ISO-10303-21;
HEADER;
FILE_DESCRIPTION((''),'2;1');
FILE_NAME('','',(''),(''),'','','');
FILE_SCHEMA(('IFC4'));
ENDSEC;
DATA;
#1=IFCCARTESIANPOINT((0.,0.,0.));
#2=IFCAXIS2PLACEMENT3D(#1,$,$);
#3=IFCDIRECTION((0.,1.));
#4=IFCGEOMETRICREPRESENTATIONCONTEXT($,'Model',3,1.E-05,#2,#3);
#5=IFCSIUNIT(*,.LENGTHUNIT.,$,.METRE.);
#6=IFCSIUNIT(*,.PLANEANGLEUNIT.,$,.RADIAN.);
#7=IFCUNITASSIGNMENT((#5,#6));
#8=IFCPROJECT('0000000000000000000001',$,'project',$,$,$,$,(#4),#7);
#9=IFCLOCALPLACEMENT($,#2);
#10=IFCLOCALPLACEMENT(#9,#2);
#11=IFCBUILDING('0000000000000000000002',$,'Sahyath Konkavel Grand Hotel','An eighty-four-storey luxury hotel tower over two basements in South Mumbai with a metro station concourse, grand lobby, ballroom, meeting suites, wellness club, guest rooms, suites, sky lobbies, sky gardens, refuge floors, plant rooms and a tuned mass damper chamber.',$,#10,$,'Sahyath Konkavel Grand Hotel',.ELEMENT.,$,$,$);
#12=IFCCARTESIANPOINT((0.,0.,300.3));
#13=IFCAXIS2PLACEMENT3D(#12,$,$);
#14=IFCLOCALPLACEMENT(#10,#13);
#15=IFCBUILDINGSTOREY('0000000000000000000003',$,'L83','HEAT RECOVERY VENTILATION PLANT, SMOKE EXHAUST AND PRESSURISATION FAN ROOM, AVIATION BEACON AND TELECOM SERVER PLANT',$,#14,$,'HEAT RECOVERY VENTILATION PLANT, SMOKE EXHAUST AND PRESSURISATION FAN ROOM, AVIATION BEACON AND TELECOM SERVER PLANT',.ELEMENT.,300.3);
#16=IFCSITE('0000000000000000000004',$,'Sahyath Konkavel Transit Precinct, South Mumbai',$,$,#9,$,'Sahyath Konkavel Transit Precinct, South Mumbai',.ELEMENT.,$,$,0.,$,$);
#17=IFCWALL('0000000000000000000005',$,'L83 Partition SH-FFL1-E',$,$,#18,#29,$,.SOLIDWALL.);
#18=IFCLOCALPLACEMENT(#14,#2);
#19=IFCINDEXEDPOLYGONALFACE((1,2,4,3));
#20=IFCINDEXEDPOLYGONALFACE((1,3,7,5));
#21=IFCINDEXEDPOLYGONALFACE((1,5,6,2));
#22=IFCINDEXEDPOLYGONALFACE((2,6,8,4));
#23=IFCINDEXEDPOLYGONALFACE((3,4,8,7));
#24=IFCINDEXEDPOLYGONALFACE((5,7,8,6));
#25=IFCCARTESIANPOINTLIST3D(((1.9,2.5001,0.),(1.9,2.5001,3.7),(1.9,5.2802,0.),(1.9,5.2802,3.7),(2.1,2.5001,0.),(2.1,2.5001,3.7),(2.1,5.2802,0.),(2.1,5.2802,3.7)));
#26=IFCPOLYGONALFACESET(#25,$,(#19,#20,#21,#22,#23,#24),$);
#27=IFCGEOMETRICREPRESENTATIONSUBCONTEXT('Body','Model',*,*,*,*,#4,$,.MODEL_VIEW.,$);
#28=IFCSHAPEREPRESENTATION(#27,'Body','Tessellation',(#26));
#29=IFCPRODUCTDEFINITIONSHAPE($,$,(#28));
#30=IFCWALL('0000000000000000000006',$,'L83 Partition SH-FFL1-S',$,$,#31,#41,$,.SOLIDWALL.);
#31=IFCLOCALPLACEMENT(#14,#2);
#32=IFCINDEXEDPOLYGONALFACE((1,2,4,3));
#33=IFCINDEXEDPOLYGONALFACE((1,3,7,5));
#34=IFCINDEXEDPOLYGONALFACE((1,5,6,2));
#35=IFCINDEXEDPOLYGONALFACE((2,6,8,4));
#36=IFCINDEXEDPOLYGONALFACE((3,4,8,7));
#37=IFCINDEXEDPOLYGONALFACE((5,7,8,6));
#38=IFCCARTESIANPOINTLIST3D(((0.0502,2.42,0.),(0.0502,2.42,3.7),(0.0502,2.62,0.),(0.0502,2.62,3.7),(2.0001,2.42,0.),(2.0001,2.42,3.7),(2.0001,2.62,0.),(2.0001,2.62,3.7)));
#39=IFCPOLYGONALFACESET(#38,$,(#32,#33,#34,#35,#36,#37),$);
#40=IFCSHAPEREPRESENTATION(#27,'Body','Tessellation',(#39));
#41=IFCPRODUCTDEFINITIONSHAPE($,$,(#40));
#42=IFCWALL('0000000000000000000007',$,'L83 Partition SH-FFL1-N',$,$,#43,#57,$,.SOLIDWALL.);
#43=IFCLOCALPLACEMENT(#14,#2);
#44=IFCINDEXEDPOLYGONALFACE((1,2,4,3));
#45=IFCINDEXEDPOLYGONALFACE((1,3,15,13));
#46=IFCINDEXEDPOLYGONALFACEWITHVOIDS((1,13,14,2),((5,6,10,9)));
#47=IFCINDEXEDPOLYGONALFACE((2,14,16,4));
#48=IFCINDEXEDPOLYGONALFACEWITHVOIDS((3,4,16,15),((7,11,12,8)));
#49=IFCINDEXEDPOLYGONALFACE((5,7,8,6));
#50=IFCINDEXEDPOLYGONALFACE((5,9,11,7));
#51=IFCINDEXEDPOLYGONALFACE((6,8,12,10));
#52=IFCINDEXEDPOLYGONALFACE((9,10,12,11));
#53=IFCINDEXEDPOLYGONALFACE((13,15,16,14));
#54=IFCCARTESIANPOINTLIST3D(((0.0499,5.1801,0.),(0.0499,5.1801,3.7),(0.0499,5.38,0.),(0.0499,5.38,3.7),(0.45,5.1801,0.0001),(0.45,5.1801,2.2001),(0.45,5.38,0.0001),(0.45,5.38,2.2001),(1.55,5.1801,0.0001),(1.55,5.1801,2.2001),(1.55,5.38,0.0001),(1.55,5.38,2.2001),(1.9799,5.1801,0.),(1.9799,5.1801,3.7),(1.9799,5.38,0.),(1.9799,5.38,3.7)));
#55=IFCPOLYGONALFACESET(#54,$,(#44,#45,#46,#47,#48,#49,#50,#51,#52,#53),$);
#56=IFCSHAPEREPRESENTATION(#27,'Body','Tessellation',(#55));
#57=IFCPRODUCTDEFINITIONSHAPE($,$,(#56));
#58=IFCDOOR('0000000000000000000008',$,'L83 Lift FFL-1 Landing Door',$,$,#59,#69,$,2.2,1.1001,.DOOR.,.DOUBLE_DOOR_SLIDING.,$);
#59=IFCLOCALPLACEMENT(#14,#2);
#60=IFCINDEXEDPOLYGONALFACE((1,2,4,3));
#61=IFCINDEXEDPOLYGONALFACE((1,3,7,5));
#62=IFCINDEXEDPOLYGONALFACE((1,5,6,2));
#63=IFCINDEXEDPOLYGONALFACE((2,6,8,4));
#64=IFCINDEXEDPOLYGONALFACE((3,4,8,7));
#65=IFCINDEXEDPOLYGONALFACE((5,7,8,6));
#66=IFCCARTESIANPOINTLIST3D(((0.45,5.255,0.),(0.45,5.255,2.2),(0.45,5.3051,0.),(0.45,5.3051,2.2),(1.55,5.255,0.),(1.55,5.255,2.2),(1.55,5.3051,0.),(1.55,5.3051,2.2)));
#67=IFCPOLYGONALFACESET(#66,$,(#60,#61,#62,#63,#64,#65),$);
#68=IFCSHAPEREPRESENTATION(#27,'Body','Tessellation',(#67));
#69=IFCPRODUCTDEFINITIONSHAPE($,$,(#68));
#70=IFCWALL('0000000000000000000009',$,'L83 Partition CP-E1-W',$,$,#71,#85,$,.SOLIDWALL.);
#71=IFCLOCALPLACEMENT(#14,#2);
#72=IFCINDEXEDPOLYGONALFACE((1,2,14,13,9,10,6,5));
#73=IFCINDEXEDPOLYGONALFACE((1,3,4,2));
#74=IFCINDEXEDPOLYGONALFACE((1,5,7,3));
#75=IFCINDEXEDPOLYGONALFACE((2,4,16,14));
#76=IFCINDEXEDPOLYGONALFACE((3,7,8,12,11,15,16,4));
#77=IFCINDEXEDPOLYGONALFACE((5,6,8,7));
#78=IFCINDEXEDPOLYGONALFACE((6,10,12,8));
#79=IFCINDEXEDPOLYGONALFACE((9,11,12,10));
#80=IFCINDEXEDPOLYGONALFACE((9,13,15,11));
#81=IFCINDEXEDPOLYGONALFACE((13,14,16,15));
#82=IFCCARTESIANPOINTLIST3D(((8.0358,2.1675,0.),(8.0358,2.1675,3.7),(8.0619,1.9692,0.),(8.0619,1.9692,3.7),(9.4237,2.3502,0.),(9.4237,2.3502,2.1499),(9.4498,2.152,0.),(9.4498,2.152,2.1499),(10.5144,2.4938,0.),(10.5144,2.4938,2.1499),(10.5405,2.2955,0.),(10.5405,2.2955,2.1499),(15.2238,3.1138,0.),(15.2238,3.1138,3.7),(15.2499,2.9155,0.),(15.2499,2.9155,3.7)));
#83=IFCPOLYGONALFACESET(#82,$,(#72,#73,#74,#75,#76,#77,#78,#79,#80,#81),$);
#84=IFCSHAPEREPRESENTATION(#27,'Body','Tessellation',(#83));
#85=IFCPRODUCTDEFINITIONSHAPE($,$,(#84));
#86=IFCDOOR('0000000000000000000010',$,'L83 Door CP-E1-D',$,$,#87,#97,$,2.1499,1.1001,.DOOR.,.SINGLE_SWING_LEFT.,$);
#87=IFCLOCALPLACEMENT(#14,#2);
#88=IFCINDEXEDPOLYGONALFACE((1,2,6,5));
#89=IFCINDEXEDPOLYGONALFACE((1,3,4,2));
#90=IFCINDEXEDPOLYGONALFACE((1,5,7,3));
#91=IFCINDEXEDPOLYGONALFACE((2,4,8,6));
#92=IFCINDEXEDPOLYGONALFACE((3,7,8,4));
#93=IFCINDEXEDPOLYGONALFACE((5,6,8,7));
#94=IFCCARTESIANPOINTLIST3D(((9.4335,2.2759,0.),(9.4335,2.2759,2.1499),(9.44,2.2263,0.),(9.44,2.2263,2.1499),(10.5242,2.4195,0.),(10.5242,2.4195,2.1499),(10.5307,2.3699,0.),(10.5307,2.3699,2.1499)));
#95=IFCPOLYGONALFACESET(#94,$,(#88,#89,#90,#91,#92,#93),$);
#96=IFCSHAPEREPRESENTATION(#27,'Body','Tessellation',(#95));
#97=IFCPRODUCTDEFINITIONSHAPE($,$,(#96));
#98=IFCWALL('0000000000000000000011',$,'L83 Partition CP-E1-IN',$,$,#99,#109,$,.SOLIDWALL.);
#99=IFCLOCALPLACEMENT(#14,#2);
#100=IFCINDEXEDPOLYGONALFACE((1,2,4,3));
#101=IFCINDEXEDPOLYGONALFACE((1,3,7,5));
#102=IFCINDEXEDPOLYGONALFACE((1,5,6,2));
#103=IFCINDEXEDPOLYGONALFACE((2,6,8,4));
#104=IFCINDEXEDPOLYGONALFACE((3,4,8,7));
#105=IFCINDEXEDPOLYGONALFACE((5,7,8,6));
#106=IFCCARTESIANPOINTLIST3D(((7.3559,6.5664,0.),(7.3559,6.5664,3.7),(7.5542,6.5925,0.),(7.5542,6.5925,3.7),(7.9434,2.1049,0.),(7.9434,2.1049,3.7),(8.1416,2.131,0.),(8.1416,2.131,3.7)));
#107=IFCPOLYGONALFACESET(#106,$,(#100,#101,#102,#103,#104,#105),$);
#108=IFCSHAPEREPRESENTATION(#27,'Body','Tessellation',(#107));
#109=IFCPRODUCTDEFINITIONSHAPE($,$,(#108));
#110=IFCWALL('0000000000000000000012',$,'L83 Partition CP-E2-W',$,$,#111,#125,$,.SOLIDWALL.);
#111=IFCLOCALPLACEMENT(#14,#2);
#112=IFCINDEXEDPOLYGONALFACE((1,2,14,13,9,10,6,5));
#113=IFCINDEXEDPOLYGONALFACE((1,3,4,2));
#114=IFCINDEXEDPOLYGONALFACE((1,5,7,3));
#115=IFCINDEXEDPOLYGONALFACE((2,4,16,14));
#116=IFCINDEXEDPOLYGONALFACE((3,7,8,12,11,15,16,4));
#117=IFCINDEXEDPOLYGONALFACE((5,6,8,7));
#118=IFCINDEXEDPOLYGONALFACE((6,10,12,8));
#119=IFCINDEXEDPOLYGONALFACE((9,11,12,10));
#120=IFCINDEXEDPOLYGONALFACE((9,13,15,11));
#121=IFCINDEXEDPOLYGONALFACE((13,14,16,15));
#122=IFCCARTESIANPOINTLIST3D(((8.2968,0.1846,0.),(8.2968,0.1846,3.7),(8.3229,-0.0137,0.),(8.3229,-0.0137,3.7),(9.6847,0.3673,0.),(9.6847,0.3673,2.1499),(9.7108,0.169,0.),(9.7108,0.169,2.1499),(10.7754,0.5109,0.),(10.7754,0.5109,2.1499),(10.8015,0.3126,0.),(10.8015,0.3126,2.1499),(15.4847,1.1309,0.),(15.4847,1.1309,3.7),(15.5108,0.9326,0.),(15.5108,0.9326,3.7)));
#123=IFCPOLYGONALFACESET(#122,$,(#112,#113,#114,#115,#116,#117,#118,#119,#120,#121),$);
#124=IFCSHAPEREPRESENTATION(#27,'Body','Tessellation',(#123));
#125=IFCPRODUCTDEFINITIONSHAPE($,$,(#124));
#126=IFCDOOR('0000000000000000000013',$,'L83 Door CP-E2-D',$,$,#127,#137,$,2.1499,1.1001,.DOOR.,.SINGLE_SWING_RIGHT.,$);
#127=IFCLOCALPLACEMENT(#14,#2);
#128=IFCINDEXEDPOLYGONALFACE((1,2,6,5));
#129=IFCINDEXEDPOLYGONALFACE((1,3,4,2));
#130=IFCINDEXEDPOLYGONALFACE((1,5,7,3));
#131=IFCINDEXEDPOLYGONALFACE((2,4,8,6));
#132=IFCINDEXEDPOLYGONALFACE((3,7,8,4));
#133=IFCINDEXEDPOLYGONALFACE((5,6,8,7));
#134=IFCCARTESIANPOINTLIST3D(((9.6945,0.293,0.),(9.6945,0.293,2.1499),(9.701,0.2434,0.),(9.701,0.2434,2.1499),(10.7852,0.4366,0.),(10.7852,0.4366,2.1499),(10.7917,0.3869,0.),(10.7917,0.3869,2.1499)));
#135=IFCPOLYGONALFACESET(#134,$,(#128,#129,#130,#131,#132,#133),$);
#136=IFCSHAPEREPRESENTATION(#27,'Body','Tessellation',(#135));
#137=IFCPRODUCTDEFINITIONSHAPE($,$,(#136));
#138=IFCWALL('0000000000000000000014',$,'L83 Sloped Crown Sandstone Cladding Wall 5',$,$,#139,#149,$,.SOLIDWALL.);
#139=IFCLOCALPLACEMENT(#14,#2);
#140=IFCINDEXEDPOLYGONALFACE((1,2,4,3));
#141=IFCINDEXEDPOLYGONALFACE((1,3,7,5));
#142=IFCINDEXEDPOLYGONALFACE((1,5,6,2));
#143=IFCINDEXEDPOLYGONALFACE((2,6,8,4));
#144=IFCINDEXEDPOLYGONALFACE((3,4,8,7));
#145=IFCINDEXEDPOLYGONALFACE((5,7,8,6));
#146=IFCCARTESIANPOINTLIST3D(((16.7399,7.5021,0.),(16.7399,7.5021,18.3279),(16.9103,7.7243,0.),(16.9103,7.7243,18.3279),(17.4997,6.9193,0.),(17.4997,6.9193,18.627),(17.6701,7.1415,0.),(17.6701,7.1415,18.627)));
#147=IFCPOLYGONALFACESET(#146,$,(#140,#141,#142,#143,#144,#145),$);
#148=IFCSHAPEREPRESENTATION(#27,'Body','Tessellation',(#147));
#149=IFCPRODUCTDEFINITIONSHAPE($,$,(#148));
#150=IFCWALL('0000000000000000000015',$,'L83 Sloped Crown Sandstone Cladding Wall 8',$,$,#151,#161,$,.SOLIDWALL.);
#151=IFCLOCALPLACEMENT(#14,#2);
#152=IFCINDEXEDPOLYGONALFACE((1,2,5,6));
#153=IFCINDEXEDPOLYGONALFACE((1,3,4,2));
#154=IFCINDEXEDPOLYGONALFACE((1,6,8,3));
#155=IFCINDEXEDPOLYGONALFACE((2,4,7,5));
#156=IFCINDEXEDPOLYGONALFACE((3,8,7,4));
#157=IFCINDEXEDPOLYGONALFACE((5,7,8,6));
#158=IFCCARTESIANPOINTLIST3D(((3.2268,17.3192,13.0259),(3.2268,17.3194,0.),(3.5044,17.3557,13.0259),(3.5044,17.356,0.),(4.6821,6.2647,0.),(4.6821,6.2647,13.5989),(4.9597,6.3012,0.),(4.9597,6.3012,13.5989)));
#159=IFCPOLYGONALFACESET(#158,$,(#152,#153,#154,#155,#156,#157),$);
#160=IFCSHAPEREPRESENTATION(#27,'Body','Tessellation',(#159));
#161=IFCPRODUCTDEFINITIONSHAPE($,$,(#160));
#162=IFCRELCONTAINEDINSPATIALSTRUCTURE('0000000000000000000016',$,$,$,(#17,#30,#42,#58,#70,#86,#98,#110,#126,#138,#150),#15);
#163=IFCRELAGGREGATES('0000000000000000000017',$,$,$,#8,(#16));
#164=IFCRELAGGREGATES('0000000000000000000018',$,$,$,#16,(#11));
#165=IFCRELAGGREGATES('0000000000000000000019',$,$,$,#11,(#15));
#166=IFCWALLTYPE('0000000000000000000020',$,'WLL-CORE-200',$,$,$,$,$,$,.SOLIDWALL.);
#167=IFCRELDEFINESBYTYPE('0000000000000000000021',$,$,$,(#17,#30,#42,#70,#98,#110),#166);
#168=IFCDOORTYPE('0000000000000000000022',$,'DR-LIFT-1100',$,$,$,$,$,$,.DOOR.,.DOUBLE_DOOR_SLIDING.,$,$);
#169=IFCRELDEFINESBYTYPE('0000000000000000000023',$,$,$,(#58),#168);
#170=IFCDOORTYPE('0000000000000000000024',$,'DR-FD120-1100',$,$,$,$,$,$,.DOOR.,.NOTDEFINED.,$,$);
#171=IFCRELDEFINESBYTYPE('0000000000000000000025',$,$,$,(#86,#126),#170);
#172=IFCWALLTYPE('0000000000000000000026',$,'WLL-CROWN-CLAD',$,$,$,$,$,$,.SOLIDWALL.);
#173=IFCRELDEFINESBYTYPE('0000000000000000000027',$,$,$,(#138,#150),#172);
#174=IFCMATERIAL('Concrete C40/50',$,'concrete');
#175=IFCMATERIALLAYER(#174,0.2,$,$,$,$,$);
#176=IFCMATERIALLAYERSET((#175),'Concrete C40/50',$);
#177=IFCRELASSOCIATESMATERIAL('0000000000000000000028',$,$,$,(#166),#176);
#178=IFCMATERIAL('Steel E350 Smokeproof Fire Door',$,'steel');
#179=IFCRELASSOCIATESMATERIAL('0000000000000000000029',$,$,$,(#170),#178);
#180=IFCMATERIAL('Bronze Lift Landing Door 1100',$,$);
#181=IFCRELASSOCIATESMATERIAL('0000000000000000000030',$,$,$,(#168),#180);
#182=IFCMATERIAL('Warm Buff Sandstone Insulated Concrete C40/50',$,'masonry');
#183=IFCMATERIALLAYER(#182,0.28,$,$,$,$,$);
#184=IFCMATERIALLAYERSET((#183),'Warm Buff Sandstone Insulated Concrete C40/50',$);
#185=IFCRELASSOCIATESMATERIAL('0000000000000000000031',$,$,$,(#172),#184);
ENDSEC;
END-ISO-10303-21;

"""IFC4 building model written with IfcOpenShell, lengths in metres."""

from ifc_helpers import new_model, si_unit, direction, frame, frame_2d, origin, origin_2d, place, context, subcontext, project, spatial, polyline, rectangle, outline, extrude, source, transform, mapped, material, layer, layer_set, type_object, element, fill, save


model = new_model("IFC4")

# Units and contexts
model_context = context("Model", 3, precision=1e-05, world=origin(), true_north=direction((0.0, 1.0)))
body_context = subcontext(model_context, "Body", "Model", "MODEL_VIEW")
ifc_project = project(units=[si_unit("LENGTHUNIT", "METRE"), si_unit("PLANEANGLEUNIT", "RADIAN")], contexts=[model_context])

# Site, building, storey
site_placement = place(None, origin())
site = spatial("IfcSite", under=ifc_project, at=site_placement, Name="Sahyath Konkavel Transit Precinct, South Mumbai", LongName="Sahyath Konkavel Transit Precinct, South Mumbai", CompositionType="ELEMENT", RefElevation=0.0)
building_placement = place(site_placement, origin())
building = spatial("IfcBuilding", under=site, at=building_placement, Name="Sahyath Konkavel Grand Hotel", Description="An eighty-four-storey luxury hotel tower over two basements in South Mumbai with a metro station concourse, grand lobby, ballroom, meeting suites, wellness club, guest rooms, suites, sky lobbies, sky gardens, refuge floors, plant rooms and a tuned mass damper chamber.", LongName="Sahyath Konkavel Grand Hotel", CompositionType="ELEMENT")
storey_placement = place(building_placement, frame((0.0, 0.0, 300.3)))
storey = spatial("IfcBuildingStorey", under=building, at=storey_placement, Name="L83", Description="HEAT RECOVERY VENTILATION PLANT, SMOKE EXHAUST AND PRESSURISATION FAN ROOM, AVIATION BEACON AND TELECOM SERVER PLANT", LongName="HEAT RECOVERY VENTILATION PLANT, SMOKE EXHAUST AND PRESSURISATION FAN ROOM, AVIATION BEACON AND TELECOM SERVER PLANT", CompositionType="ELEMENT", Elevation=300.3)

# Shared definitions
ifc_material_1 = material(Name="Concrete C40/50", Category="concrete")

# Shared definitions
ifc_material_2 = material(Name="Warm Buff Sandstone Insulated Concrete C40/50", Category="masonry")

# Shared definitions
ifc_layer_1 = layer(ifc_material_1, 0.2)
ifc_layer_set_1 = layer_set([ifc_layer_1], Name="Concrete C40/50")
wall_type_1 = type_object("IfcWallType", Name="WLL-CORE-200", PredefinedType="SOLIDWALL", material=ifc_layer_set_1)
ifc_material_3 = material(Name="Steel E350 Smokeproof Fire Door", Category="steel")
door_type_1 = type_object("IfcDoorType", Name="DR-FD120-1100", OperationType="NOTDEFINED", PredefinedType="DOOR", material=ifc_material_3)
shared_shape_1 = source(origin(), body_context, "Body", "SweptSolid", [
    extrude(rectangle(XDim=1.1001, YDim=0.05, at=origin_2d()), origin(), (0.0, 0.0, 1.0), 2.1499),
])

# Walls
wall_1_placement = place(storey_placement, frame((2.0, 2.5, 0.0), z_axis=(0.0, 0.0, 1.0), x_axis=(0.0, 1.0, 0.0)))
element("IfcWall", 1, at=wall_1_placement, inside=storey, type_object=wall_type_1, Name="L83 Partition SH-FFL1-E", PredefinedType="SOLIDWALL", context=body_context, shape_type="SweptSolid", body=[
    extrude(rectangle(XDim=2.78, YDim=0.2, at=frame_2d((1.3901, 0.0))), origin(), (0.0, 0.0, 1.0), 3.7),
])
wall_2_placement = place(storey_placement, frame((0.05, 2.52, 0.0), z_axis=(0.0, 0.0, 1.0), x_axis=(1.0, 0.0, 0.0)))
element("IfcWall", 2, at=wall_2_placement, inside=storey, type_object=wall_type_1, Name="L83 Partition SH-FFL1-S", PredefinedType="SOLIDWALL", context=body_context, shape_type="SweptSolid", body=[
    extrude(rectangle(XDim=1.95, YDim=0.2, at=frame_2d((0.9751, 0.0))), origin(), (0.0, 0.0, 1.0), 3.7),
])

# Walls, openings, doors
wall_3_placement = place(storey_placement, frame((0.05, 5.28, 0.0), z_axis=(0.0, 0.0, 1.0), x_axis=(1.0, 0.0, 0.0)))
wall_3 = element("IfcWall", 3, at=wall_3_placement, inside=storey, type_object=wall_type_1, Name="L83 Partition SH-FFL1-N", PredefinedType="SOLIDWALL", context=body_context, shape_type="SweptSolid", body=[
    extrude(rectangle(XDim=1.9299, YDim=0.2, at=frame_2d((0.9648, 0.0))), origin(), (0.0, 0.0, 1.0), 3.7),
])
opening_1_placement = place(wall_3_placement, frame((0.3999, 0.0, 0.0)))
opening_1 = element("IfcOpeningElement", 4, at=opening_1_placement, cuts=wall_3, PredefinedType="OPENING", context=body_context, shape_type="SweptSolid", body=[
    extrude(rectangle(XDim=1.1001, YDim=2.2, at=frame_2d((0.55, 1.1001))), frame((0.0, 0.1099, 0.0), z_axis=(0.0, -1.0, 0.0), x_axis=(1.0, 0.0, 0.0)), (0.0, 0.0, 1.0), 0.22),
])
ifc_material_4 = material(Name="Bronze Lift Landing Door 1100")
door_type_2 = type_object("IfcDoorType", Name="DR-LIFT-1100", OperationType="DOUBLE_DOOR_SLIDING", PredefinedType="DOOR", material=ifc_material_4)
shared_shape_2 = source(origin(), body_context, "Body", "SweptSolid", [
    extrude(rectangle(XDim=1.1001, YDim=0.05, at=origin_2d()), origin(), (0.0, 0.0, 1.0), 2.2),
])
door_1_placement = place(opening_1_placement, frame((0.55, 0.0, 0.0)))
door_1 = element("IfcDoor", 5, at=door_1_placement, inside=storey, type_object=door_type_2, Name="L83 Lift FFL-1 Landing Door", OperationType="DOUBLE_DOOR_SLIDING", OverallHeight=2.2, OverallWidth=1.1001, PredefinedType="DOOR", context=body_context, shape_type="MappedRepresentation", body=[
    mapped(shared_shape_2, transform((0.0, 0.0, 0.0), scale=1.0)),
])
fill(opening_1, door_1)
wall_4_placement = place(storey_placement, frame((8.0488, 2.0684, 0.0), z_axis=(0.0, 0.0, 1.0), x_axis=(0.991445, 0.130522, 0.0)))
wall_4 = element("IfcWall", 6, at=wall_4_placement, inside=storey, type_object=wall_type_1, Name="L83 Partition CP-E1-W", PredefinedType="SOLIDWALL", context=body_context, shape_type="SweptSolid", body=[
    extrude(rectangle(XDim=7.25, YDim=0.2, at=frame_2d((3.625, 0.0))), origin(), (0.0, 0.0, 1.0), 3.7),
])
opening_2_placement = place(wall_4_placement, frame((1.3999, 0.0, 0.0)))
opening_2 = element("IfcOpeningElement", 7, at=opening_2_placement, cuts=wall_4, PredefinedType="OPENING", context=body_context, shape_type="SweptSolid", body=[
    extrude(rectangle(XDim=1.1001, YDim=2.1499, at=frame_2d((0.55, 1.075))), frame((0.0, 0.1099, 0.0), z_axis=(0.0, -1.0, 0.0), x_axis=(1.0, 0.0, 0.0)), (0.0, 0.0, 1.0), 0.22),
])
door_2_placement = place(opening_2_placement, frame((0.55, 0.0, 0.0)))
door_2 = element("IfcDoor", 8, at=door_2_placement, inside=storey, type_object=door_type_1, Name="L83 Door CP-E1-D", OperationType="SINGLE_SWING_LEFT", OverallHeight=2.1499, OverallWidth=1.1001, PredefinedType="DOOR", context=body_context, shape_type="MappedRepresentation", body=[
    mapped(shared_shape_1, transform((0.0, 0.0, 0.0), scale=1.0)),
])
fill(opening_2, door_2)

# Wall
wall_5_placement = place(storey_placement, frame((8.0425, 2.1179, 0.0), z_axis=(0.0, 0.0, 1.0), x_axis=(-0.130536, 0.991444, 0.0)))
element("IfcWall", 9, at=wall_5_placement, inside=storey, type_object=wall_type_1, Name="L83 Partition CP-E1-IN", PredefinedType="SOLIDWALL", context=body_context, shape_type="SweptSolid", body=[
    extrude(rectangle(XDim=4.5, YDim=0.2, at=frame_2d((2.25, 0.0))), origin(), (0.0, 0.0, 1.0), 3.7),
])

# Wall, opening, door
wall_6_placement = place(storey_placement, frame((8.3098, 0.0854, 0.0), z_axis=(0.0, 0.0, 1.0), x_axis=(0.991445, 0.130522, 0.0)))
wall_6 = element("IfcWall", 10, at=wall_6_placement, inside=storey, type_object=wall_type_1, Name="L83 Partition CP-E2-W", PredefinedType="SOLIDWALL", context=body_context, shape_type="SweptSolid", body=[
    extrude(rectangle(XDim=7.25, YDim=0.2, at=frame_2d((3.625, 0.0))), origin(), (0.0, 0.0, 1.0), 3.7),
])
opening_3_placement = place(wall_6_placement, frame((1.3999, 0.0, 0.0)))
opening_3 = element("IfcOpeningElement", 11, at=opening_3_placement, cuts=wall_6, PredefinedType="OPENING", context=body_context, shape_type="SweptSolid", body=[
    extrude(rectangle(XDim=1.1001, YDim=2.1499, at=frame_2d((0.55, 1.075))), frame((0.0, 0.1099, 0.0), z_axis=(0.0, -1.0, 0.0), x_axis=(1.0, 0.0, 0.0)), (0.0, 0.0, 1.0), 0.22),
])
door_3_placement = place(opening_3_placement, frame((0.55, 0.0, 0.0)))
door_3 = element("IfcDoor", 12, at=door_3_placement, inside=storey, type_object=door_type_1, Name="L83 Door CP-E2-D", OperationType="SINGLE_SWING_RIGHT", OverallHeight=2.1499, OverallWidth=1.1001, PredefinedType="DOOR", context=body_context, shape_type="MappedRepresentation", body=[
    mapped(shared_shape_1, transform((0.0, 0.0, 0.0), scale=1.0)),
])
fill(opening_3, door_3)

# Walls
ifc_layer_2 = layer(ifc_material_2, 0.28)
ifc_layer_set_2 = layer_set([ifc_layer_2], Name="Warm Buff Sandstone Insulated Concrete C40/50")
wall_type_2 = type_object("IfcWallType", Name="WLL-CROWN-CLAD", PredefinedType="SOLIDWALL", material=ifc_layer_set_2)
wall_7_placement = place(storey_placement, frame((17.585, 7.0305, 0.0), z_axis=(0.0, 0.0, 1.0), x_axis=(-0.793467, 0.608614, 0.0)))
element("IfcWall", 13, at=wall_7_placement, inside=storey, type_object=wall_type_2, Name="L83 Sloped Crown Sandstone Cladding Wall 5", PredefinedType="SOLIDWALL", context=body_context, shape_type="SweptSolid", body=[
    extrude(outline(polyline([(0.0, 0.0), (0.9575, 0.0), (0.9575, 18.3279), (0.0, 18.627), (0.0, 0.0)])), frame((0.0, 0.1401, 0.0), z_axis=(0.0, -1.0, 0.0), x_axis=(1.0, 0.0, 0.0)), (0.0, 0.0, 1.0), 0.28),
])
wall_8_placement = place(storey_placement, frame((4.821, 6.283, 0.0), z_axis=(0.0, 0.0, 1.0), x_axis=(-0.130521, 0.991445, 0.0)))
element("IfcWall", 14, at=wall_8_placement, inside=storey, type_object=wall_type_2, Name="L83 Sloped Crown Sandstone Cladding Wall 8", PredefinedType="SOLIDWALL", context=body_context, shape_type="SweptSolid", body=[
    extrude(outline(polyline([(0.0, 0.0), (11.1501, 0.0), (11.1499, 13.0259), (0.0, 13.5989), (0.0, 0.0)])), frame((0.0, 0.1401, 0.0), z_axis=(0.0, -1.0, 0.0), x_axis=(1.0, 0.0, 0.0)), (0.0, 0.0, 1.0), 0.28),
])

save(model, "model.ifc")
